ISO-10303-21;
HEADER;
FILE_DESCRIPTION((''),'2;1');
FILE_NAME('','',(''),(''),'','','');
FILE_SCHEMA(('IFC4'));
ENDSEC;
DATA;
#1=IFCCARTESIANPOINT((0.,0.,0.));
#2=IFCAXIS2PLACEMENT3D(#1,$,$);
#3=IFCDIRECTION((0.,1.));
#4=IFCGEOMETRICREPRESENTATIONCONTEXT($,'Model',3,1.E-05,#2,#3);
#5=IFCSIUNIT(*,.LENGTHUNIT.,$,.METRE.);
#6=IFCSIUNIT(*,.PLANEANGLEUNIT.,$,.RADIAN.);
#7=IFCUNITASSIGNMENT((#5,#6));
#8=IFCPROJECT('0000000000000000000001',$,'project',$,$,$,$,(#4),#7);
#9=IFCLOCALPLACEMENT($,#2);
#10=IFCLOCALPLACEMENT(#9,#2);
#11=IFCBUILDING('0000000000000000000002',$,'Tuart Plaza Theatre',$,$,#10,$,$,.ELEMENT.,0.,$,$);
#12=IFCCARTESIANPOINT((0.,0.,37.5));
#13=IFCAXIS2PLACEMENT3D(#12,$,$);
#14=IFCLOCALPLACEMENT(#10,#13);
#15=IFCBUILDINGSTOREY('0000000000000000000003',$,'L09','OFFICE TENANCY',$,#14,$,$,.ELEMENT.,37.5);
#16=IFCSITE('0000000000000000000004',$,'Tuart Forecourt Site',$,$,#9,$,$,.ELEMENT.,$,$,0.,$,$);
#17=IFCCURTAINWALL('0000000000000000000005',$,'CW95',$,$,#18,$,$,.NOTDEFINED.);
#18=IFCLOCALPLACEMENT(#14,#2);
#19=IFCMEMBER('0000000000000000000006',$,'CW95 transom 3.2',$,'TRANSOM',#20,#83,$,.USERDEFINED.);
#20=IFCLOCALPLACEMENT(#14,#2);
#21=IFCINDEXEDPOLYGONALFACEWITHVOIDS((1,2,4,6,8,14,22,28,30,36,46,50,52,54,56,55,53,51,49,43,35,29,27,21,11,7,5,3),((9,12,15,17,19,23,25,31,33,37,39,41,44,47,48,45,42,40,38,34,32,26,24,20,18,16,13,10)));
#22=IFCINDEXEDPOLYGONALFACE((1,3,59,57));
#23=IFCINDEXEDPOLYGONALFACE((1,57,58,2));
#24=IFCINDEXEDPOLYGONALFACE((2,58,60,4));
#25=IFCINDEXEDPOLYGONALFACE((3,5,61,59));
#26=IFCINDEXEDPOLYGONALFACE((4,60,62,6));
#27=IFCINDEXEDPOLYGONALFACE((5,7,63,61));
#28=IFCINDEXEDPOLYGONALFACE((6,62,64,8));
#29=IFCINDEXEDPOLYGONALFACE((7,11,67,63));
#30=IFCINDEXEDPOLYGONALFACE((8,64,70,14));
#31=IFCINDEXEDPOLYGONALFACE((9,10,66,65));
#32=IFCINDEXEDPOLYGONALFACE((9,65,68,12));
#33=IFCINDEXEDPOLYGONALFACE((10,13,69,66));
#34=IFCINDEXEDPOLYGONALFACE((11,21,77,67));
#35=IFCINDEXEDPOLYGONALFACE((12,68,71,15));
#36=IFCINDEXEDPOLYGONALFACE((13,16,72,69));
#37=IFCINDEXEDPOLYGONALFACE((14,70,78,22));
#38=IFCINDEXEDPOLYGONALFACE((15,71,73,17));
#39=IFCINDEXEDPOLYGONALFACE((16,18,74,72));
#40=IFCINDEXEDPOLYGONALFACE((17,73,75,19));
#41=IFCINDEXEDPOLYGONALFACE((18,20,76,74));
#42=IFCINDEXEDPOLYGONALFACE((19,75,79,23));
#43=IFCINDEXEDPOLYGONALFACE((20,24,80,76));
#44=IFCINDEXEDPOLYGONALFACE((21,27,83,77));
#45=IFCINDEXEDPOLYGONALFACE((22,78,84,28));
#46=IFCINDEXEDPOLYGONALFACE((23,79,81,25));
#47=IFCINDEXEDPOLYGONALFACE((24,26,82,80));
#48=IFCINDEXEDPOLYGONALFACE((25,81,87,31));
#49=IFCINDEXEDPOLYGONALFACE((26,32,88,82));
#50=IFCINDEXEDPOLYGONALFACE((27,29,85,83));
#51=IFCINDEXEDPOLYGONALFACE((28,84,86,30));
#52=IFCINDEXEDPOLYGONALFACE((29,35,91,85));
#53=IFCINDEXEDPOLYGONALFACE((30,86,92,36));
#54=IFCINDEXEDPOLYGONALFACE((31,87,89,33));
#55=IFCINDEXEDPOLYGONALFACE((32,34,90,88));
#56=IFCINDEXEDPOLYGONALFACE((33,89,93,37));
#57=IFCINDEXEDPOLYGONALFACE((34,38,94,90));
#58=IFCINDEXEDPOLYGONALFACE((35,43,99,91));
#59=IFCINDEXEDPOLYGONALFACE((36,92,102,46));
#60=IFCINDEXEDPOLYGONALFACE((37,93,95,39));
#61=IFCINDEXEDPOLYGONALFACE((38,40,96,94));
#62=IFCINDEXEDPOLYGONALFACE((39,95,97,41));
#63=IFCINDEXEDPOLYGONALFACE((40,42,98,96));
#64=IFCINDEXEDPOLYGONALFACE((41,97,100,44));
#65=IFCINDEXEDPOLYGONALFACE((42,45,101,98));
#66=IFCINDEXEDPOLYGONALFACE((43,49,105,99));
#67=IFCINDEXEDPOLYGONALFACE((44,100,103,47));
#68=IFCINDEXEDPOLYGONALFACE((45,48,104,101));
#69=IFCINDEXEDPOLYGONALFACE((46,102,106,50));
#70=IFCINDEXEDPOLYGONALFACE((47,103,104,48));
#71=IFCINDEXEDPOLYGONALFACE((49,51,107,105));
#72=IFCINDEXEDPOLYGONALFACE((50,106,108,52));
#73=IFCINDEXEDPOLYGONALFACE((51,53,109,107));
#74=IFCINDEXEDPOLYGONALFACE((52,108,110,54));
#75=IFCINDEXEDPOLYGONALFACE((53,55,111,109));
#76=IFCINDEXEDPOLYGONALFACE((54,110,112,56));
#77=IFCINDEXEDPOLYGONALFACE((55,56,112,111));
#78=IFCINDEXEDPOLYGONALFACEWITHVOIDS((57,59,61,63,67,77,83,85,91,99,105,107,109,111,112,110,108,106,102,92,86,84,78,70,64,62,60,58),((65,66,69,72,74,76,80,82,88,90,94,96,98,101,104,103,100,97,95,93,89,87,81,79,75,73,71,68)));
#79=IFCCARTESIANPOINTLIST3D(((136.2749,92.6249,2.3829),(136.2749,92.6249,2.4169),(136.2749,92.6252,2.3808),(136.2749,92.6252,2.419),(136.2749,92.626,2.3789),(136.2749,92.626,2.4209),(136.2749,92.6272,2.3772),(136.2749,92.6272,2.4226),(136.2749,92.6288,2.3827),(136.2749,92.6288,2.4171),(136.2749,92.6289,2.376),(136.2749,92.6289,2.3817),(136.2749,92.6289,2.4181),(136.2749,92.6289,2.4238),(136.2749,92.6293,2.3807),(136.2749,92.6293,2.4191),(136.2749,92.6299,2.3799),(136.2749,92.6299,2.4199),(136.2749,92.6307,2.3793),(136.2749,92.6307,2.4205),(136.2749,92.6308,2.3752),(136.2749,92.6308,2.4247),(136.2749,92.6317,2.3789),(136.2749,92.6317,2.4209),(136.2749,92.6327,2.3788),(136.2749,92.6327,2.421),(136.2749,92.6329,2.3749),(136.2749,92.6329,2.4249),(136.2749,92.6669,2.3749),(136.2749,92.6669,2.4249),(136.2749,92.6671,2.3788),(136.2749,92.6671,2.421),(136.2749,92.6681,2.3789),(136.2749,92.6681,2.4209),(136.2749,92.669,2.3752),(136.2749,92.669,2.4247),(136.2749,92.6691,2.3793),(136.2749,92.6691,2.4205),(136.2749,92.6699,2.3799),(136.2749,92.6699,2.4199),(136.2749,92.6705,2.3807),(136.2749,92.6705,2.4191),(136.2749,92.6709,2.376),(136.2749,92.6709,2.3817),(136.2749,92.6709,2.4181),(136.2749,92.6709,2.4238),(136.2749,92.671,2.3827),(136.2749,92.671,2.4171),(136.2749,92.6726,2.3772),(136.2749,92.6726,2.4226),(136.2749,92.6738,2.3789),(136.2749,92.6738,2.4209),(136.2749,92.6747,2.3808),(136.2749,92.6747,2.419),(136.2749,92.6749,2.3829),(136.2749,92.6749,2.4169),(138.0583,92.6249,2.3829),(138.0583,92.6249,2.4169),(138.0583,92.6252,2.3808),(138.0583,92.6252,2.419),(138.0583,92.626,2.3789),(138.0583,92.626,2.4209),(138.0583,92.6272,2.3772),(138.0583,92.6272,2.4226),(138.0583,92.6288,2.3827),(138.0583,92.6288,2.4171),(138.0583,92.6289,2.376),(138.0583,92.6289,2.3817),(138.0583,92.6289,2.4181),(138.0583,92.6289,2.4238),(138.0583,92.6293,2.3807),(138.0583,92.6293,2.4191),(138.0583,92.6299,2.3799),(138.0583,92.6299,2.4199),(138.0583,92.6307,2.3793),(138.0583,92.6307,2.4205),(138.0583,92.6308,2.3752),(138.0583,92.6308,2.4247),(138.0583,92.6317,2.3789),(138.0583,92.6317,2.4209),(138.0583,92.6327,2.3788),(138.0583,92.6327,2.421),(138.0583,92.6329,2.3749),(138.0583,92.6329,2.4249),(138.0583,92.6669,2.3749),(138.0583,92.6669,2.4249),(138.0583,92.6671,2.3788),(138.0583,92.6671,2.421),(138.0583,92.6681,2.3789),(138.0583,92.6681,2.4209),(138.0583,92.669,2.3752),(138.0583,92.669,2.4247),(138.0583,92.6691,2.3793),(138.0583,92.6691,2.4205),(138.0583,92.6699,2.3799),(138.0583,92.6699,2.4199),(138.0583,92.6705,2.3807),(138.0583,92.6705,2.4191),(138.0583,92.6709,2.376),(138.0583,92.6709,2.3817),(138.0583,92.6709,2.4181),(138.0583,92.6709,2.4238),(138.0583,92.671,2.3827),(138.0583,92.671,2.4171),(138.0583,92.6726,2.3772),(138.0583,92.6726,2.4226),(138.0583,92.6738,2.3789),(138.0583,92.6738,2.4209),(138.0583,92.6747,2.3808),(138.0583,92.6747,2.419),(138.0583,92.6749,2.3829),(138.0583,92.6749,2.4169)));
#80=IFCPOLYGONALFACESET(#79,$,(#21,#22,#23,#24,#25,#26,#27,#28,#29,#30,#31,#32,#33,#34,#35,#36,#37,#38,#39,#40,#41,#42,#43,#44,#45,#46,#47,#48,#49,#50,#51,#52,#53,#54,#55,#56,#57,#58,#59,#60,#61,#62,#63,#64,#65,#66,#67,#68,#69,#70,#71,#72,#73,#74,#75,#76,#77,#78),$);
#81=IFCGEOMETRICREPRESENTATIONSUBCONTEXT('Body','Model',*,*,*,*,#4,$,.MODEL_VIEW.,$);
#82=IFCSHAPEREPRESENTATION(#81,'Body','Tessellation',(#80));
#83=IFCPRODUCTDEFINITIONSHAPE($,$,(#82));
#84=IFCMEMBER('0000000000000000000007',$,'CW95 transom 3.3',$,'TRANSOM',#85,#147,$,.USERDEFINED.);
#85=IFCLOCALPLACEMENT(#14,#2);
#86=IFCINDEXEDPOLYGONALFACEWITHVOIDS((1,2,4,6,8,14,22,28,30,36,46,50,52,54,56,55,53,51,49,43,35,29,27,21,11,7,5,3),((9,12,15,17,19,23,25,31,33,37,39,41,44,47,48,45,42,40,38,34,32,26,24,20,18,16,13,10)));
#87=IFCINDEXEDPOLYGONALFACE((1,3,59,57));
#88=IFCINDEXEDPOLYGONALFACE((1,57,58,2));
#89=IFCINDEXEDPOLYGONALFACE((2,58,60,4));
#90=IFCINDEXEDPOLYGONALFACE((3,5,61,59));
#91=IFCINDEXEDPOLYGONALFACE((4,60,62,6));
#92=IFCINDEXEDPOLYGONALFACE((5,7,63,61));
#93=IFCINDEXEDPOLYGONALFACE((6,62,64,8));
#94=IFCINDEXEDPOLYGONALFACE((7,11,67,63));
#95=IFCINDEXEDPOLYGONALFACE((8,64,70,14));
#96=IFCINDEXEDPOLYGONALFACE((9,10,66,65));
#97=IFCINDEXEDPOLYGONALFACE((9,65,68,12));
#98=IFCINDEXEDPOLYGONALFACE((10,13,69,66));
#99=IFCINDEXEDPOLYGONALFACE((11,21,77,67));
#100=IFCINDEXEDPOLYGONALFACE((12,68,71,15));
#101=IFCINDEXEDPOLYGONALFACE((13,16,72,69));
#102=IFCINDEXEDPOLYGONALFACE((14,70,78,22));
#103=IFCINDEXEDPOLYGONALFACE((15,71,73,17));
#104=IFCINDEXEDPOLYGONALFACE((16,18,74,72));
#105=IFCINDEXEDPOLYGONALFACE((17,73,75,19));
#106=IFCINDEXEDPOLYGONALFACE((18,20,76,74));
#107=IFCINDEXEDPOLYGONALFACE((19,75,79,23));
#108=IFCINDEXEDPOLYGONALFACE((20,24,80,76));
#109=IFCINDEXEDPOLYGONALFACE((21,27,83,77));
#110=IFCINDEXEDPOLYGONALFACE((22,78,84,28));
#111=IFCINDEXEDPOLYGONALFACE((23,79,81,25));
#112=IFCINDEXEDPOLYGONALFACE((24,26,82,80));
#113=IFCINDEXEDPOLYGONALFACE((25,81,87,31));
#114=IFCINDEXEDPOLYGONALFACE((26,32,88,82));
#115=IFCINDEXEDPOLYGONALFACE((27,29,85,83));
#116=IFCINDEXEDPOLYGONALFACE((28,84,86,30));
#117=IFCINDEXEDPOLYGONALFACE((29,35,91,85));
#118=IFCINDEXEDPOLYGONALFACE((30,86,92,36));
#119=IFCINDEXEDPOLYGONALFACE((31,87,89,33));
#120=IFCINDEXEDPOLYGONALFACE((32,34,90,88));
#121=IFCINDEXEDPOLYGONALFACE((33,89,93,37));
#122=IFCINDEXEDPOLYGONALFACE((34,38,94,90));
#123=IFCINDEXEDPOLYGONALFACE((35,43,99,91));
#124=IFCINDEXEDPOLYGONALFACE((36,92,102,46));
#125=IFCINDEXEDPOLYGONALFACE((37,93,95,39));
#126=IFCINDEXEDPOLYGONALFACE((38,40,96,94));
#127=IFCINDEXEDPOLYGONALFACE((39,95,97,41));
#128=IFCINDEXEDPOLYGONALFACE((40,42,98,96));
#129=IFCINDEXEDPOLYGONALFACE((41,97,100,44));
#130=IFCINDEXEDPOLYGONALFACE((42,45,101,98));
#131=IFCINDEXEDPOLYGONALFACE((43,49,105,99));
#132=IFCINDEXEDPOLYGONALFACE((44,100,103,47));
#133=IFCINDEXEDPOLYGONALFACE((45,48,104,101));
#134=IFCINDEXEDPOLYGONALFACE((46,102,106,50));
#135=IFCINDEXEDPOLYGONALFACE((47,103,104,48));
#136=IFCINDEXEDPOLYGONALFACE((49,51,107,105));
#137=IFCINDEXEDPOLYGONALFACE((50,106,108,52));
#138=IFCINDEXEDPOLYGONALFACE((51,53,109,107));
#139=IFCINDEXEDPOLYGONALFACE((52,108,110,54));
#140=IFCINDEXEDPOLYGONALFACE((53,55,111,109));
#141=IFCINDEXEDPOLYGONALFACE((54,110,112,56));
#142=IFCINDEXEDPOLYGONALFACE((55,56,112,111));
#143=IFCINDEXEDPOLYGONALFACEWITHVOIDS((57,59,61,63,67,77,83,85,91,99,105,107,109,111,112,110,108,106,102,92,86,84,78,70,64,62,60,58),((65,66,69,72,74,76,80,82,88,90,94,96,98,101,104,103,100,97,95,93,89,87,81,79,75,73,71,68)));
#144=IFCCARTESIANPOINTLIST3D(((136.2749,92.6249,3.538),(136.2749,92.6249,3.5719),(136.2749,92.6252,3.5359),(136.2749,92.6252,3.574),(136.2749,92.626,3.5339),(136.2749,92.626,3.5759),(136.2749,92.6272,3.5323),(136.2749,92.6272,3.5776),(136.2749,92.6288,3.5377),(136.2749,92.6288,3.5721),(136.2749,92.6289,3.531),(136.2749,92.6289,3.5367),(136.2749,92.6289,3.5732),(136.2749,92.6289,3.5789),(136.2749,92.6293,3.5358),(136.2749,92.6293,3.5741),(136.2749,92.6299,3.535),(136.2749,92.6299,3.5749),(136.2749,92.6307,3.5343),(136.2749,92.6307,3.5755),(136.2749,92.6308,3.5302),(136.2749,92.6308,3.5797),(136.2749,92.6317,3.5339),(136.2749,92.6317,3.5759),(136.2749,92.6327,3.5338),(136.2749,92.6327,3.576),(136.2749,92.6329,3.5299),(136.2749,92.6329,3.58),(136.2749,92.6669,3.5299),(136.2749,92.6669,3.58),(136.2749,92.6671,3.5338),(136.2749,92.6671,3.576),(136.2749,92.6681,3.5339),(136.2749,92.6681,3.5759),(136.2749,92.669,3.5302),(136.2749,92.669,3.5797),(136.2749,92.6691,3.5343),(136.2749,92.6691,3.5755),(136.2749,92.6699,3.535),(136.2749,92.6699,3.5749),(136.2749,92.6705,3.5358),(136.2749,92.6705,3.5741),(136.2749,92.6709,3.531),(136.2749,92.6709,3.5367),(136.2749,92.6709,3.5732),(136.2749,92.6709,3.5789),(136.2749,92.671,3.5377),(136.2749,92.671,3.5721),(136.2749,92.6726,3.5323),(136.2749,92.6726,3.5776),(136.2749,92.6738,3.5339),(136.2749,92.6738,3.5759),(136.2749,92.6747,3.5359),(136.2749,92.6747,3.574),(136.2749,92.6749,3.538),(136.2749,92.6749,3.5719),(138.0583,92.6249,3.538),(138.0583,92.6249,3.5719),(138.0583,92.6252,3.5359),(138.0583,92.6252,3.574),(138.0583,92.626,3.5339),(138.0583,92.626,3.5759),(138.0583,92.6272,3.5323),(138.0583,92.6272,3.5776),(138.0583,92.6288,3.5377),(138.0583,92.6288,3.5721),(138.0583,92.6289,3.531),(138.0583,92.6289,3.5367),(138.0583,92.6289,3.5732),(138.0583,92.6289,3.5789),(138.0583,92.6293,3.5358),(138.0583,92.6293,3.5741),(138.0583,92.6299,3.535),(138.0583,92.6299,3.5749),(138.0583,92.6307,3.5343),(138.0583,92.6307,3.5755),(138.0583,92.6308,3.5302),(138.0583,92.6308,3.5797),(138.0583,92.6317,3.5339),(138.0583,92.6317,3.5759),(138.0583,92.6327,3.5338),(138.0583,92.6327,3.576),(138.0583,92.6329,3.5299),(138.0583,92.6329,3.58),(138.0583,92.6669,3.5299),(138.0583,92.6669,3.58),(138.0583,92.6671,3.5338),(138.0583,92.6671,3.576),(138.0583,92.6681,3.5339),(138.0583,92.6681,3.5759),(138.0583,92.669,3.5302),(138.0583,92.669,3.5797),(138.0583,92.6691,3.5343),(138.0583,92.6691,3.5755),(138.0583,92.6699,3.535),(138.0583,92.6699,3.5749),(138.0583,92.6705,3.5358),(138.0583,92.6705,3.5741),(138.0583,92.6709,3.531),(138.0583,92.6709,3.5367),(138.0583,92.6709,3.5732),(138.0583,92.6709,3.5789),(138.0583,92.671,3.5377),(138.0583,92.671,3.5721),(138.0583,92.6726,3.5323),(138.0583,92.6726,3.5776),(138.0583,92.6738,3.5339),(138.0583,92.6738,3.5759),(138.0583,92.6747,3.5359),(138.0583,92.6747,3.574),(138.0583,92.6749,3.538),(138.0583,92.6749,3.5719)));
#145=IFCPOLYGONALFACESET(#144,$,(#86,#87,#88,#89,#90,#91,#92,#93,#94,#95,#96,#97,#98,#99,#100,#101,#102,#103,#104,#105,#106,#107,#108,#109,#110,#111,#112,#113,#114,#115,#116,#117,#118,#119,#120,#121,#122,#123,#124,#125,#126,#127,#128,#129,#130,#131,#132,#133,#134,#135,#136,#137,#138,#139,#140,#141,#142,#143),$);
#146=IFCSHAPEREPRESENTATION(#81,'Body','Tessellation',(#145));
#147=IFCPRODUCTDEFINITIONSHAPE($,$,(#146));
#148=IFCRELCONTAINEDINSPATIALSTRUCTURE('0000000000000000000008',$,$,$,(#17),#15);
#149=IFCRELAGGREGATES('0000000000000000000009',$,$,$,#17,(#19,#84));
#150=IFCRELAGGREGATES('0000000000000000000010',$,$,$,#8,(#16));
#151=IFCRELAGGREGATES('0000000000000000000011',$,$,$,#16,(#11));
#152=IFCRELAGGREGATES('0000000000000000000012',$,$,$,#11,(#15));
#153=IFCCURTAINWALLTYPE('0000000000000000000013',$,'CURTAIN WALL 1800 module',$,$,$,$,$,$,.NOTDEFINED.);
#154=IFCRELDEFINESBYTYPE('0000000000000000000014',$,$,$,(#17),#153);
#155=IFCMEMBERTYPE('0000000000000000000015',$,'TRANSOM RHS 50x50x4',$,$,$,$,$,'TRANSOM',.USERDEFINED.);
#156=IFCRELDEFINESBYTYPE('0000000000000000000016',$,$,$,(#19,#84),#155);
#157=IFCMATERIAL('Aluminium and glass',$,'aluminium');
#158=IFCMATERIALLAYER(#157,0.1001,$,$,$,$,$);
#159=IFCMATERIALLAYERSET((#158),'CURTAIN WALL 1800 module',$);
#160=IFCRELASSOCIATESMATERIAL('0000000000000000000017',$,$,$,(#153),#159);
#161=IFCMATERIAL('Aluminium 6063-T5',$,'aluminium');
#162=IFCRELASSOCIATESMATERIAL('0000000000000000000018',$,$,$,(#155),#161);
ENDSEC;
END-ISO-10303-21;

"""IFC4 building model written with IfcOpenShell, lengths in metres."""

from ifc_helpers import new_model, si_unit, direction, frame, origin, origin_2d, place, context, subcontext, project, spatial, hollow_rectangle, extrude, material, layer, layer_set, material_profile, profile_set, type_object, element, aggregate, save


model = new_model("IFC4")

# Units and contexts
model_context = context("Model", 3, precision=1e-05, world=origin(), true_north=direction((0.0, 1.0)))
body_context = subcontext(model_context, "Body", "Model", "MODEL_VIEW")
ifc_project = project(units=[si_unit("LENGTHUNIT", "METRE"), si_unit("PLANEANGLEUNIT", "RADIAN")], contexts=[model_context])

# Site, building, storey
site_placement = place(None, origin())
site = spatial("IfcSite", under=ifc_project, at=site_placement, Name="Tuart Forecourt Site", CompositionType="ELEMENT", RefElevation=0.0)
building_placement = place(site_placement, origin())
building = spatial("IfcBuilding", under=site, at=building_placement, Name="Tuart Plaza Theatre", CompositionType="ELEMENT", ElevationOfRefHeight=0.0)
storey_placement = place(building_placement, frame((0.0, 0.0, 37.5)))
storey = spatial("IfcBuildingStorey", under=building, at=storey_placement, Name="L09", Description="OFFICE TENANCY", CompositionType="ELEMENT", Elevation=37.5)

# Curtain wall, members
ifc_material_1 = material(Name="Aluminium and glass", Category="aluminium")
ifc_layer_1 = layer(ifc_material_1, 0.1001)
ifc_layer_set_1 = layer_set([ifc_layer_1], Name="CURTAIN WALL 1800 module")
curtain_wall_type = type_object("IfcCurtainWallType", Name="CURTAIN WALL 1800 module", PredefinedType="NOTDEFINED", material=ifc_layer_set_1)
curtain_wall_placement = place(storey_placement, origin())
curtain_wall = element("IfcCurtainWall", 1, at=curtain_wall_placement, inside=storey, type_object=curtain_wall_type, Name="CW95", PredefinedType="NOTDEFINED")
ifc_material_2 = material(Name="Aluminium 6063-T5", Category="aluminium")
ifc_material_profile_1 = material_profile(ifc_material_2, hollow_rectangle(XDim=0.05, YDim=0.05, WallThickness=0.0039, InnerFilletRadius=0.0039, OuterFilletRadius=0.0081, at=origin_2d()), Name="RHS 50x50x4")
ifc_profile_set_1 = profile_set([ifc_material_profile_1], Name="Aluminium 6063-T5")
member_type_1 = type_object("IfcMemberType", Name="TRANSOM RHS 50x50x4", ElementType="TRANSOM", PredefinedType="USERDEFINED", material=ifc_profile_set_1)
member_1_placement = place(storey_placement, frame((138.0583, 92.6499, 2.3999), z_axis=(-1.0, 0.0, 0.0), x_axis=(0.0, -1.0, 0.0)))
member_1 = element("IfcMember", 2, at=member_1_placement, type_object=member_type_1, Name="CW95 transom 3.2", ObjectType="TRANSOM", PredefinedType="USERDEFINED", context=body_context, shape_type="SweptSolid", body=[
    extrude(hollow_rectangle(XDim=0.05, YDim=0.05, WallThickness=0.0039, InnerFilletRadius=0.0039, OuterFilletRadius=0.0081, at=origin_2d()), origin(), (0.0, 0.0, 1.0), 1.7834),
])
member_2_placement = place(storey_placement, frame((138.0583, 92.6499, 3.5549), z_axis=(-1.0, 0.0, 0.0), x_axis=(0.0, -1.0, 0.0)))
member_2 = element("IfcMember", 3, at=member_2_placement, type_object=member_type_1, Name="CW95 transom 3.3", ObjectType="TRANSOM", PredefinedType="USERDEFINED", context=body_context, shape_type="SweptSolid", body=[
    extrude(hollow_rectangle(XDim=0.05, YDim=0.05, WallThickness=0.0039, InnerFilletRadius=0.0039, OuterFilletRadius=0.0081, at=origin_2d()), origin(), (0.0, 0.0, 1.0), 1.7834),
])
aggregate(curtain_wall, [member_1, member_2])

save(model, "model.ifc")
